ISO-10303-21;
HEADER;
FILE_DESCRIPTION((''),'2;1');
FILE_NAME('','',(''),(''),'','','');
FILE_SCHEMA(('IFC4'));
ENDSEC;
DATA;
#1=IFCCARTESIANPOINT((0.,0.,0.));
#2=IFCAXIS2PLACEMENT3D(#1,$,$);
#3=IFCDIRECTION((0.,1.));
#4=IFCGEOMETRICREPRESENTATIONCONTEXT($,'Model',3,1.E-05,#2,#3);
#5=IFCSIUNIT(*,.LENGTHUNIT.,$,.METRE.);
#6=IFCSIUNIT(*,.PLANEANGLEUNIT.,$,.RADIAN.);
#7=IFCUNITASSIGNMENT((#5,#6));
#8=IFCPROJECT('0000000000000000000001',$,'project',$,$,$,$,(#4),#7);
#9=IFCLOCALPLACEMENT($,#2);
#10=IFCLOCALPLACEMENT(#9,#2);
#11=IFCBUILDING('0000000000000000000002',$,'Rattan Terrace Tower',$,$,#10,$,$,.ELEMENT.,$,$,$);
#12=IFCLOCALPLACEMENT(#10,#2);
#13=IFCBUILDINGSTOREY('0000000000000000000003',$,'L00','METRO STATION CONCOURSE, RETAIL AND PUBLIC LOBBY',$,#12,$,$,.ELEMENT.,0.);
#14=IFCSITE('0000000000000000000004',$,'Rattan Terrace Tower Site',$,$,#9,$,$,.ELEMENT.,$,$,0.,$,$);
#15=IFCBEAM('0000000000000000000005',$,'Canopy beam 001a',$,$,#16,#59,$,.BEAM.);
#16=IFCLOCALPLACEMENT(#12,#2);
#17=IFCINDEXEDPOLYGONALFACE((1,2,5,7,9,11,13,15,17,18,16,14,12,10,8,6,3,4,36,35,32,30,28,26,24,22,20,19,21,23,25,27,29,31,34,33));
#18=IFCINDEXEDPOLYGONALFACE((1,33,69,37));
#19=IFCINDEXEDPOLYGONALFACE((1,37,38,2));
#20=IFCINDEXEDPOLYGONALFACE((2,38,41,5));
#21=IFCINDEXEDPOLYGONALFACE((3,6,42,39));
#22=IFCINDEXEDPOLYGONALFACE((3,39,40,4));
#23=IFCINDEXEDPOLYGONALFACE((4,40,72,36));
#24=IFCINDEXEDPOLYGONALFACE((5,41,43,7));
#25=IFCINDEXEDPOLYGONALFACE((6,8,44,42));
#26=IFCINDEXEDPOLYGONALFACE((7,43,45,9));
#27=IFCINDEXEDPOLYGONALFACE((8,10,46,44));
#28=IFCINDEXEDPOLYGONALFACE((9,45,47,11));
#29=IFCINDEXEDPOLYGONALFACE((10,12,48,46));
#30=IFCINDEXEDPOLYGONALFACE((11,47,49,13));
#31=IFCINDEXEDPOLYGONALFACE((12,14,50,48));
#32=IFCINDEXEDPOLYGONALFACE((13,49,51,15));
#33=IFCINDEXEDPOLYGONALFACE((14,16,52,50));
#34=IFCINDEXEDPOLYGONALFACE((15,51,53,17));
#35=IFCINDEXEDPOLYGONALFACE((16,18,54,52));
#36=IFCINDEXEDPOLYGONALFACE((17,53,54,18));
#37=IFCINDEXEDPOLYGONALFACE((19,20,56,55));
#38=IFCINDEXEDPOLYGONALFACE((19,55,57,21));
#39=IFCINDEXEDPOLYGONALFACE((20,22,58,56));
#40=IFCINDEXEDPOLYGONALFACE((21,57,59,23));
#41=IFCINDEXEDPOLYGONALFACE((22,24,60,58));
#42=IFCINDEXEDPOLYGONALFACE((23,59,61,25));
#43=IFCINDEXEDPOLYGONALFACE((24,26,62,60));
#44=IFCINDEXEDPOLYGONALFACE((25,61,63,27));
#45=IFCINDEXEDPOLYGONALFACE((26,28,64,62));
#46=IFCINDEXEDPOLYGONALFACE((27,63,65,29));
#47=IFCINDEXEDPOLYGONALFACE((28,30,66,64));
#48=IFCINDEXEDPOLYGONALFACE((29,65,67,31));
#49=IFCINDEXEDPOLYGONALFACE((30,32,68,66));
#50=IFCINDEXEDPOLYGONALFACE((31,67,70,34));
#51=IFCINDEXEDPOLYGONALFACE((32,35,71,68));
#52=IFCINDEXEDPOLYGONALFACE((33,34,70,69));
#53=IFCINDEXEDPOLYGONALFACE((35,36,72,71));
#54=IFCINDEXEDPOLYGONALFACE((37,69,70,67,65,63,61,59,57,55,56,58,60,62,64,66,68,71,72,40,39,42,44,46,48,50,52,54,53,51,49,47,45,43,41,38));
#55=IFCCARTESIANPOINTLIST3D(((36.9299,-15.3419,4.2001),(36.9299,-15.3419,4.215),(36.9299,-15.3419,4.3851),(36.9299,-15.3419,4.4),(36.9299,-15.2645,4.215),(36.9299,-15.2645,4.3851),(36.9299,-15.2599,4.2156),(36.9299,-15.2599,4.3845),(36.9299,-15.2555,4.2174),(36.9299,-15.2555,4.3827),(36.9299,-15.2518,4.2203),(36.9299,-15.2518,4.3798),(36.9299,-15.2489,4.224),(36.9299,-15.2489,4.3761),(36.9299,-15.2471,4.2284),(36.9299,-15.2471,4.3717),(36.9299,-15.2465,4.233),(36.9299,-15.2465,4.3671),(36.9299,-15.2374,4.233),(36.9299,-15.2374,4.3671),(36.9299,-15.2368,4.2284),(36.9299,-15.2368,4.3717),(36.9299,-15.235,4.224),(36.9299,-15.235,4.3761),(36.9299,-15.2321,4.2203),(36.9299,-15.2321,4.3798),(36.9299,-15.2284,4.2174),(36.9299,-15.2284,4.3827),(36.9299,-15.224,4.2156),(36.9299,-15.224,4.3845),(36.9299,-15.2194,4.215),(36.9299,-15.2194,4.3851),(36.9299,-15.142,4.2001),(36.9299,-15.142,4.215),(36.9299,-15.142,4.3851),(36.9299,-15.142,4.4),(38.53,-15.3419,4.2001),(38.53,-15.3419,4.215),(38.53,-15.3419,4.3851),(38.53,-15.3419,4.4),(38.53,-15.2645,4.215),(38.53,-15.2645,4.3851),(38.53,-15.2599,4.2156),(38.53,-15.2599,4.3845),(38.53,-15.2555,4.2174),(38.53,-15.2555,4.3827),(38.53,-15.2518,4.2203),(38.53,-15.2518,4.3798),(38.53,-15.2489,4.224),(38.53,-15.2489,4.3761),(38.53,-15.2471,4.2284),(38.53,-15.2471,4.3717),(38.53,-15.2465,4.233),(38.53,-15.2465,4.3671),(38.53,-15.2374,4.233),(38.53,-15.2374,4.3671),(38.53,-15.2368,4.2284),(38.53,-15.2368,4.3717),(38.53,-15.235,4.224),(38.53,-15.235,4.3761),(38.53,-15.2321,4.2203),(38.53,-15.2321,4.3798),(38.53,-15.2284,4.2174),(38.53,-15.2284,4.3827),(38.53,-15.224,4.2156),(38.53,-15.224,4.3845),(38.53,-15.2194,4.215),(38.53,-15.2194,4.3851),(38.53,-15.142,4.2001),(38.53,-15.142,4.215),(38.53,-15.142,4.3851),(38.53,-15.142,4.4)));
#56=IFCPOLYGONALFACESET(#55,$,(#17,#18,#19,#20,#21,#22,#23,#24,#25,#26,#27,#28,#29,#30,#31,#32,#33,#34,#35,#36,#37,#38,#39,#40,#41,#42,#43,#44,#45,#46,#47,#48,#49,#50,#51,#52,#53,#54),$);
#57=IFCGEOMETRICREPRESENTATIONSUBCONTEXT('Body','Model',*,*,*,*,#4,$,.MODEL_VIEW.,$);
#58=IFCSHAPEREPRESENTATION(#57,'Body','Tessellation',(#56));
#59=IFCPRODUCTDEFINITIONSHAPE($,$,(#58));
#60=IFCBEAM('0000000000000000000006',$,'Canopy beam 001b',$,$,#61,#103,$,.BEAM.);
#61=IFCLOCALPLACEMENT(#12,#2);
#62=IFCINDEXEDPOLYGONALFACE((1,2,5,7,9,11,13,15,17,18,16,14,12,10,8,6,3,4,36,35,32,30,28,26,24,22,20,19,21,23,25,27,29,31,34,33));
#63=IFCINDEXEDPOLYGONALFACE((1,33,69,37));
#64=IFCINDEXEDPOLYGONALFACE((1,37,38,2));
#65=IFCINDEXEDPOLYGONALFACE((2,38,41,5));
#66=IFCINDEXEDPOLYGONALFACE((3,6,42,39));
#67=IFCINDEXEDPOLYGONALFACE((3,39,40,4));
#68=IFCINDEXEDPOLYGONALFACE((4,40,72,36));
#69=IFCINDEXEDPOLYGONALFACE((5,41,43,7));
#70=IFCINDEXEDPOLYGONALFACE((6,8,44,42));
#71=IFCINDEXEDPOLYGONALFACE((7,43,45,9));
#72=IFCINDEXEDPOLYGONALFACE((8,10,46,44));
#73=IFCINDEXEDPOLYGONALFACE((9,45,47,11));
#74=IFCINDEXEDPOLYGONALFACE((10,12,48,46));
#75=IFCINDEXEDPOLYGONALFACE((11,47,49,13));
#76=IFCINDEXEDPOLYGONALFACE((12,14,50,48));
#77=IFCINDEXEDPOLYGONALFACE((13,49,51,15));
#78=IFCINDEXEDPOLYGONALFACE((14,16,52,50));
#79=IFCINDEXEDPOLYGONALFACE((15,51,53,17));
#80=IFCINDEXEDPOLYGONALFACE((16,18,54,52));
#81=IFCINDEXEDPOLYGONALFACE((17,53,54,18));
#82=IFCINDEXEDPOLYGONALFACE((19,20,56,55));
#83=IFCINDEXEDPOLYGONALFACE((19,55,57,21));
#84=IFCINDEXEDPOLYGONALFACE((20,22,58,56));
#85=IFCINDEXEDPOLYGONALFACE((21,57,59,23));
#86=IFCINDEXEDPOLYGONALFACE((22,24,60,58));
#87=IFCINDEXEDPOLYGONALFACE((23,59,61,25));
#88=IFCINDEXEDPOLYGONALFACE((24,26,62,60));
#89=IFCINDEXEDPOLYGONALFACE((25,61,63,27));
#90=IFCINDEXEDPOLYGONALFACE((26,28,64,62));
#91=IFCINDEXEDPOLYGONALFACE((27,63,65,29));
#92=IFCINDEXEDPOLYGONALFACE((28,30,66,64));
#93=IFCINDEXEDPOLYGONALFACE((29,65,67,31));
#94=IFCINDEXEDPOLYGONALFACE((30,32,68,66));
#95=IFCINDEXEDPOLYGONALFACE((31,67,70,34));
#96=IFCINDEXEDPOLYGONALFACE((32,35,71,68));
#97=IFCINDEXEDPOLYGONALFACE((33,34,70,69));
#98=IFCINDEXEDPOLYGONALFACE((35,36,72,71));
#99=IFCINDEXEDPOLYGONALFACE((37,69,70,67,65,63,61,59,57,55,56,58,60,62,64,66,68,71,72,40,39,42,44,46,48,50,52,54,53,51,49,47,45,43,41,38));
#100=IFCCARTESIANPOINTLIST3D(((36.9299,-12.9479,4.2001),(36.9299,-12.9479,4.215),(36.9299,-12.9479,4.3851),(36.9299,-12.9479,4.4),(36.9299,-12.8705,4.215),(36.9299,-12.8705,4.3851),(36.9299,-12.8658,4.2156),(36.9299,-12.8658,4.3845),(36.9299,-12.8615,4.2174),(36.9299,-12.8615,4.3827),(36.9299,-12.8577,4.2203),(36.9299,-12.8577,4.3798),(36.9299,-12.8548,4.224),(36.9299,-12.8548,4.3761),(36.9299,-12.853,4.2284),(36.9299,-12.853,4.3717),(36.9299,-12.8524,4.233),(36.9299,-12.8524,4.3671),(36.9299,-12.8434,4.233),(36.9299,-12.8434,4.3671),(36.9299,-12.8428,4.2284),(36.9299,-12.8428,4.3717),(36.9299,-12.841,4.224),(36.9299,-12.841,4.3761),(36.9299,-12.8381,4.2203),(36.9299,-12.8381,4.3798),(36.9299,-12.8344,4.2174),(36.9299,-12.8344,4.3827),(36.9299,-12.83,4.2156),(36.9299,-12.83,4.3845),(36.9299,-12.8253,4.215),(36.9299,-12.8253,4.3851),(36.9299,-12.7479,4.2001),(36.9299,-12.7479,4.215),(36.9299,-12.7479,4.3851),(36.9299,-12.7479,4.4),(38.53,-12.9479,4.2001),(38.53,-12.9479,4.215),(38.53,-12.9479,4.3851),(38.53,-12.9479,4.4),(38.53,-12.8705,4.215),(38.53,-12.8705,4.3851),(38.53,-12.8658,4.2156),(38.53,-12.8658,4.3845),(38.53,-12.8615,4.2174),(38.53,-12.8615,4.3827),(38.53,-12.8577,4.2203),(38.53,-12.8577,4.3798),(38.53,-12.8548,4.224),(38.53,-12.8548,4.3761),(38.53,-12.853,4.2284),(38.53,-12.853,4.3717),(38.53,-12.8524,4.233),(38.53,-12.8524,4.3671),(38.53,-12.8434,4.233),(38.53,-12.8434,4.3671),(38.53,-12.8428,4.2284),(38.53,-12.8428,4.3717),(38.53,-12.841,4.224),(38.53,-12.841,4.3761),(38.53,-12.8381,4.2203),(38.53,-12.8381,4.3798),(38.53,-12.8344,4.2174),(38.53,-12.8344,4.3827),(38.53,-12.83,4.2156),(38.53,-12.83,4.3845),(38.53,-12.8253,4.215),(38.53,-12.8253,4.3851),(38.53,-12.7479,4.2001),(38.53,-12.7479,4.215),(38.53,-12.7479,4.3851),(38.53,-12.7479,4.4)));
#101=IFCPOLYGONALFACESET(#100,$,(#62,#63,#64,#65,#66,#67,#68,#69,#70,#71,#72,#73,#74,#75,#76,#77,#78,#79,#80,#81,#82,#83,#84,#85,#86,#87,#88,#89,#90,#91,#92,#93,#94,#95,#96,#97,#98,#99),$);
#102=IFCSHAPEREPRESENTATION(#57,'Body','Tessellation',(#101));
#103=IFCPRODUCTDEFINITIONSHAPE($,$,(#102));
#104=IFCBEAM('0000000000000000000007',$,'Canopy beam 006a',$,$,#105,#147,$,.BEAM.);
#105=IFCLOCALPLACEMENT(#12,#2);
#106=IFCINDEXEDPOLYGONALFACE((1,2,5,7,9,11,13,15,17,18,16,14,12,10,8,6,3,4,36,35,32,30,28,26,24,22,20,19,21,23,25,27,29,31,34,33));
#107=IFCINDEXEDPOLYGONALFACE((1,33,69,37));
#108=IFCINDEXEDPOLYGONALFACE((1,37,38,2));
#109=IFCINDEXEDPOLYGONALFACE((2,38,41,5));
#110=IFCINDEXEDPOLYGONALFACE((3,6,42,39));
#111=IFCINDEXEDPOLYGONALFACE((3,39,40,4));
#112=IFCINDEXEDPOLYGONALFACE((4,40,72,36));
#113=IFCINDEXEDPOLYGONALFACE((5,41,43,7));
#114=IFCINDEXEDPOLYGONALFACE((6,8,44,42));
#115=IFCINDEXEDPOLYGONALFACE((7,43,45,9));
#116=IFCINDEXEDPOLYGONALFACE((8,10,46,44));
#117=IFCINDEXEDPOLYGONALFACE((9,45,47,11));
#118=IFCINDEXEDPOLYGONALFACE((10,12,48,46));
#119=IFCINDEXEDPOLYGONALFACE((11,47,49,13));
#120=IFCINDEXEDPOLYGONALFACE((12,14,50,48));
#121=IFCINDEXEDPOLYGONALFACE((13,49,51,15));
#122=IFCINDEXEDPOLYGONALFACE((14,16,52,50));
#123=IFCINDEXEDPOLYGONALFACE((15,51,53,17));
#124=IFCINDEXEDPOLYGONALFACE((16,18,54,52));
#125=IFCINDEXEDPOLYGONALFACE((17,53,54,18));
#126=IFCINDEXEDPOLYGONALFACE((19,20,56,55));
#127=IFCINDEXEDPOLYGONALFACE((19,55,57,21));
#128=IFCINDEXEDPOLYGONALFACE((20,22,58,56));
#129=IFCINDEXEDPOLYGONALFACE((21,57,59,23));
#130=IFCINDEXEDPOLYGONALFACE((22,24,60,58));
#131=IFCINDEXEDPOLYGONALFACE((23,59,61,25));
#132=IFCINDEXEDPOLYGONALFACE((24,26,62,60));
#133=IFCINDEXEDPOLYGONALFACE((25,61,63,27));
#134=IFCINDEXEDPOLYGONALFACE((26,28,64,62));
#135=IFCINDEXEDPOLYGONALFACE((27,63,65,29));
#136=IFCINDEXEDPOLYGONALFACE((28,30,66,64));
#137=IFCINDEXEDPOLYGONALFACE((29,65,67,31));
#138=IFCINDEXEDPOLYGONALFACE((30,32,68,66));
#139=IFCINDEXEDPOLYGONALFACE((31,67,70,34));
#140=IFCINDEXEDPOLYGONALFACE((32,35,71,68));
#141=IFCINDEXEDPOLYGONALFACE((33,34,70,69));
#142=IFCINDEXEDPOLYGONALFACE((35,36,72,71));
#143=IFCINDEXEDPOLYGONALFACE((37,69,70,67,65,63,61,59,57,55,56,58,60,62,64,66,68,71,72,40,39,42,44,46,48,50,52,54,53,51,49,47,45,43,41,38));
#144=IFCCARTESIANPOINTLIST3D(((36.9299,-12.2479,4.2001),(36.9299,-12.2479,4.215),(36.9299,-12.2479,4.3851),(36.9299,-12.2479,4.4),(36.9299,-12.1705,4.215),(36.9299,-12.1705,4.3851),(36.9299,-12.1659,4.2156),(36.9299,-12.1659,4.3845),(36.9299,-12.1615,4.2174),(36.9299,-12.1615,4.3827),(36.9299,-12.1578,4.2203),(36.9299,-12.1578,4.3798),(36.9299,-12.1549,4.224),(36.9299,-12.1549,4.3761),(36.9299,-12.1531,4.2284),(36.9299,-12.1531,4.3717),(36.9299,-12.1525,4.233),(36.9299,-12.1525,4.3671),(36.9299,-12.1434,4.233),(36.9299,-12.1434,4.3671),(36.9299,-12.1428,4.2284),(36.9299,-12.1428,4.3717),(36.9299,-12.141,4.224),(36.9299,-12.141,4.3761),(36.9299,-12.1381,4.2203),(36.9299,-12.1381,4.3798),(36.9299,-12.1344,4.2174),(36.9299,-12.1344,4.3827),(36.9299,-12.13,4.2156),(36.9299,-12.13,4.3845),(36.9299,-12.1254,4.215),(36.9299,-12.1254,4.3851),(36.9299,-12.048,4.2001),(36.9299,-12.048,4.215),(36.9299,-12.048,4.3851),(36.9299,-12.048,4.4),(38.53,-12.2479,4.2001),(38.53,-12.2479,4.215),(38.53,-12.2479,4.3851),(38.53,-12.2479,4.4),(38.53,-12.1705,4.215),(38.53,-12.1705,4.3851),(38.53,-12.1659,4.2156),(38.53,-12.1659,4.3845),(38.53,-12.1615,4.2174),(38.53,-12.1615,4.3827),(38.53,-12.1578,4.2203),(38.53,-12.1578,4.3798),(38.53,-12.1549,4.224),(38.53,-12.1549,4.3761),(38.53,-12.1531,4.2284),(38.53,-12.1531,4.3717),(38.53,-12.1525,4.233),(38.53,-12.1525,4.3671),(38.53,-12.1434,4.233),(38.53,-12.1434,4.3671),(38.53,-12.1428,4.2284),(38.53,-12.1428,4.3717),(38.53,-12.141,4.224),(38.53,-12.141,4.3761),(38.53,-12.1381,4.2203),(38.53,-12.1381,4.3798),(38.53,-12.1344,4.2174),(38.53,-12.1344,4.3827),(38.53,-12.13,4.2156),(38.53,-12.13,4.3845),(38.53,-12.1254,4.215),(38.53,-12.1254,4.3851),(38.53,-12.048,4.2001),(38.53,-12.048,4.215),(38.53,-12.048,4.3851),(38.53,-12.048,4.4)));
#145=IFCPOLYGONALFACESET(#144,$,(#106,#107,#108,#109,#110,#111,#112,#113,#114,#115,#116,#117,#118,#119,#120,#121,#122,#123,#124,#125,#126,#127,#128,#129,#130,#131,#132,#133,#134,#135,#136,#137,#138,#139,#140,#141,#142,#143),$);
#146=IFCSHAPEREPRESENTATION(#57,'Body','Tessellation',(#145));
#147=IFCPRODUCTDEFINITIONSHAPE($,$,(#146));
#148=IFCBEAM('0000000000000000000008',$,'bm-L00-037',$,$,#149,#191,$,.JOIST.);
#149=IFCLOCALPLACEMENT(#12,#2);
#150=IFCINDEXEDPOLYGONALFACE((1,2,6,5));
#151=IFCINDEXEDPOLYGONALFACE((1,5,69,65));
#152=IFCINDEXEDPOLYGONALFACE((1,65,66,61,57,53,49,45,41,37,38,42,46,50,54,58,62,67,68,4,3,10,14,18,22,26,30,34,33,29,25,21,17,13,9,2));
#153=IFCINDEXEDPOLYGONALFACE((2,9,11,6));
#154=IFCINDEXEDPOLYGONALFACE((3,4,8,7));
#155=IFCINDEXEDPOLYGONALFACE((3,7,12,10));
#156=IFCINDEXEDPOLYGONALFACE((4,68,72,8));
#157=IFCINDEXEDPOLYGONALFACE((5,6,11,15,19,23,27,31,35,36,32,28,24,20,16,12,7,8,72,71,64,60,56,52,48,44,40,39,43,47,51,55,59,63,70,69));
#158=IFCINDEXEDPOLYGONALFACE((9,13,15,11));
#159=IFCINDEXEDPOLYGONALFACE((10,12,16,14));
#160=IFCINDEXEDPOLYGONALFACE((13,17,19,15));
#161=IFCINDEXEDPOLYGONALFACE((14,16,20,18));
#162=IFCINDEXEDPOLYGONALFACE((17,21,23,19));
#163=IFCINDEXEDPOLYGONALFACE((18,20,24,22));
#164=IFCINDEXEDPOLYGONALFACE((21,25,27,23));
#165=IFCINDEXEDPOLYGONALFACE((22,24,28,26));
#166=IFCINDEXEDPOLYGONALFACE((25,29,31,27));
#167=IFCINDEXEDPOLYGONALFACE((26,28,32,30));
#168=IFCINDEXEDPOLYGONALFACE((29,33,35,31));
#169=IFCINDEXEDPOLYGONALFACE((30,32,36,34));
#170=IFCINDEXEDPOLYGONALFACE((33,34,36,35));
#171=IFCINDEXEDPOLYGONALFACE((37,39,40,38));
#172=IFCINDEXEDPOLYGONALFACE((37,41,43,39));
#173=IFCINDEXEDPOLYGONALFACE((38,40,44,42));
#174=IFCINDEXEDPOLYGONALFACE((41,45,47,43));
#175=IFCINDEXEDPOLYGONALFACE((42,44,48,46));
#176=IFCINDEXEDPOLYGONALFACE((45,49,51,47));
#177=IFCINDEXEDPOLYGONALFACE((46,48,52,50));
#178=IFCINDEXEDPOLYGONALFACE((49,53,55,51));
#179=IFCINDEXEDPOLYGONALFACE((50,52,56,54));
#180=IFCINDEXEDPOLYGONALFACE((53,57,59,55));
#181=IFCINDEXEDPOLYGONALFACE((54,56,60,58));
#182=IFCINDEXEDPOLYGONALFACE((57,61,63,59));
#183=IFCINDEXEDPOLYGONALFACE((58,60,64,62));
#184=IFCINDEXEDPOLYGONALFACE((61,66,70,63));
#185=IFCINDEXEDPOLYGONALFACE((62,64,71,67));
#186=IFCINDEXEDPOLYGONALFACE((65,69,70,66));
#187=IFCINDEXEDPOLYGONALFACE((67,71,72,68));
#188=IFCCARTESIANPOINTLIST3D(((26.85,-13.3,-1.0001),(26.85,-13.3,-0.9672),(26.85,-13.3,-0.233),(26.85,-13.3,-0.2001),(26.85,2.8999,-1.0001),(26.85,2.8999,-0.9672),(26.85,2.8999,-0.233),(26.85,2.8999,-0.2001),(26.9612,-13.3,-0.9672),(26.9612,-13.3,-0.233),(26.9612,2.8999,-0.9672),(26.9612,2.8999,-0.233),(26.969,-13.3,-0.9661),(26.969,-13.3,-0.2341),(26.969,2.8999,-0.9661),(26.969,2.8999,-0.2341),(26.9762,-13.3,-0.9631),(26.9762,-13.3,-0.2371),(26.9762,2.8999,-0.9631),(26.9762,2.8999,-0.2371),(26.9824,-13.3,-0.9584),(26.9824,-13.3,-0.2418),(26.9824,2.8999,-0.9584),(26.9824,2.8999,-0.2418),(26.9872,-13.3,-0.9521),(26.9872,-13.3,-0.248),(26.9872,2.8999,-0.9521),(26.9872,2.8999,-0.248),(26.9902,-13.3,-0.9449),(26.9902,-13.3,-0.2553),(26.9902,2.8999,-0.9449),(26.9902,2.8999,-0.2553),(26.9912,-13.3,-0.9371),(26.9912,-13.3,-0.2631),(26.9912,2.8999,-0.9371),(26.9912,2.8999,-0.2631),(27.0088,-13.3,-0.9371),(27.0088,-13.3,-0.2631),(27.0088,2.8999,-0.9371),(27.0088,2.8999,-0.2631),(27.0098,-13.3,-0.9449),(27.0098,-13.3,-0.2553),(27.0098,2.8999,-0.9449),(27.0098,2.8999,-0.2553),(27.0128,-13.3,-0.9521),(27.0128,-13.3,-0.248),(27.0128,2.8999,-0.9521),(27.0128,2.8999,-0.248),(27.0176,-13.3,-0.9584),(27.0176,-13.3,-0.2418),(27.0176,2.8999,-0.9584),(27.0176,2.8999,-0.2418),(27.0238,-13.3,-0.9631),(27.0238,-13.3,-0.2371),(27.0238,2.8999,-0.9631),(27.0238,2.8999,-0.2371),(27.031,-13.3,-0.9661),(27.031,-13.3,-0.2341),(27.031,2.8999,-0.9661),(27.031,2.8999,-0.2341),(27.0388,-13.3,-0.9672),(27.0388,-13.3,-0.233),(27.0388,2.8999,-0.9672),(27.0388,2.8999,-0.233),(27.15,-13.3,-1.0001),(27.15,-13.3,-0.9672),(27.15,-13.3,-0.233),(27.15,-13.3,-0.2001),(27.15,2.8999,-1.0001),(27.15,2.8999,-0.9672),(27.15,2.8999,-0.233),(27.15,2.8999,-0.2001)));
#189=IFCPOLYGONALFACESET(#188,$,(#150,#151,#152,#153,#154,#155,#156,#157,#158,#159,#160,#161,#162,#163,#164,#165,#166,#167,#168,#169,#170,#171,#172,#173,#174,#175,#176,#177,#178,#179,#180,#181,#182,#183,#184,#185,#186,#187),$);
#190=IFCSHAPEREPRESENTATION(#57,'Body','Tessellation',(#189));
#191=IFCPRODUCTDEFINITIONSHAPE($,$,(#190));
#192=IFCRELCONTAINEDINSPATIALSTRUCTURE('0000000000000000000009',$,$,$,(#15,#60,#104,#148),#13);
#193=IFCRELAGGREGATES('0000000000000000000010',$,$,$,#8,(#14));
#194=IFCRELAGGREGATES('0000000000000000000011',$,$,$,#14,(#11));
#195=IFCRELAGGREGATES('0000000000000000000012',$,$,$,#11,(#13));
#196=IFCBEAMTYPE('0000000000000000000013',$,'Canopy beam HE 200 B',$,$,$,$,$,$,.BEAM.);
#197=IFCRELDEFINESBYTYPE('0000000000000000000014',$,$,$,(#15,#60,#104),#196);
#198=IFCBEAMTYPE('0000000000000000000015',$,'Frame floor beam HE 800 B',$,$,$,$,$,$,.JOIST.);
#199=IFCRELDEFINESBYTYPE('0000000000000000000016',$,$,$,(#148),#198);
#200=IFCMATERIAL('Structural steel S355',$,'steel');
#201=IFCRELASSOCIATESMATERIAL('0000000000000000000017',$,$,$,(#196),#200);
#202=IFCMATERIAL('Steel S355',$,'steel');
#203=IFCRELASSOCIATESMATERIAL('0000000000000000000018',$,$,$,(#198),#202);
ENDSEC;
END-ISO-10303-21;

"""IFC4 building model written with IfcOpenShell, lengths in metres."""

from ifc_helpers import new_model, si_unit, direction, frame, origin, origin_2d, place, context, subcontext, project, spatial, i_section, extrude, material, material_profile, profile_set, type_object, element, save


model = new_model("IFC4")

# Units and contexts
model_context = context("Model", 3, precision=1e-05, world=origin(), true_north=direction((0.0, 1.0)))
body_context = subcontext(model_context, "Body", "Model", "MODEL_VIEW")
ifc_project = project(units=[si_unit("LENGTHUNIT", "METRE"), si_unit("PLANEANGLEUNIT", "RADIAN")], contexts=[model_context])

# Site, building, storey
site_placement = place(None, origin())
site = spatial("IfcSite", under=ifc_project, at=site_placement, Name="Rattan Terrace Tower Site", CompositionType="ELEMENT", RefElevation=0.0)
building_placement = place(site_placement, origin())
building = spatial("IfcBuilding", under=site, at=building_placement, Name="Rattan Terrace Tower", CompositionType="ELEMENT")
storey_placement = place(building_placement, origin())
storey = spatial("IfcBuildingStorey", under=building, at=storey_placement, Name="L00", Description="METRO STATION CONCOURSE, RETAIL AND PUBLIC LOBBY", CompositionType="ELEMENT", Elevation=0.0)

# Beams
ifc_material_1 = material(Name="Structural steel S355", Category="steel")
ifc_material_profile_1 = material_profile(ifc_material_1, i_section(OverallWidth=0.2, OverallDepth=0.2, WebThickness=0.009, FlangeThickness=0.0149, FilletRadius=0.0181, at=origin_2d()), Name="HE 200 B")
ifc_profile_set_1 = profile_set([ifc_material_profile_1], Name="Structural steel S355")
beam_type_1 = type_object("IfcBeamType", Name="Canopy beam HE 200 B", PredefinedType="BEAM", material=ifc_profile_set_1)
for number, where, z_axis, x_axis, name in (
    (1, (36.9299, -15.2419, 4.3), (1.0, 0.0, 0.0), (0.0, 1.0, 0.0), "Canopy beam 001a"),
    (2, (36.9299, -12.8479, 4.3), (1.0, 0.0, 0.0), (0.0, 1.0, 0.0), "Canopy beam 001b"),
    (3, (36.9299, -12.1479, 4.3), (1.0, 0.0, 0.0), (0.0, 1.0, 0.0), "Canopy beam 006a"),
):
    element("IfcBeam", number, at=place(storey_placement, frame(where, z_axis=z_axis, x_axis=x_axis)), inside=storey, type_object=beam_type_1, Name=name, PredefinedType="BEAM", context=body_context, shape_type="SweptSolid", body=[
        extrude(i_section(OverallWidth=0.2, OverallDepth=0.2, WebThickness=0.009, FlangeThickness=0.0149, FilletRadius=0.0181, at=origin_2d()), origin(), (0.0, 0.0, 1.0), 1.6001),
    ])
ifc_material_2 = material(Name="Steel S355", Category="steel")
ifc_material_profile_2 = material_profile(ifc_material_2, i_section(OverallWidth=0.3, OverallDepth=0.8, WebThickness=0.0176, FlangeThickness=0.033, FilletRadius=0.03, at=origin_2d()), Name="HE 800 B")
ifc_profile_set_2 = profile_set([ifc_material_profile_2], Name="Steel S355")
beam_type_2 = type_object("IfcBeamType", Name="Frame floor beam HE 800 B", PredefinedType="JOIST", material=ifc_profile_set_2)
for number, where, z_axis, x_axis, name in (
    (4, (27.0, -13.3, -0.6001), (0.0, 1.0, 0.0), (-1.0, 0.0, 0.0), "bm-L00-037"),
):
    element("IfcBeam", number, at=place(storey_placement, frame(where, z_axis=z_axis, x_axis=x_axis)), inside=storey, type_object=beam_type_2, Name=name, PredefinedType="JOIST", context=body_context, shape_type="SweptSolid", body=[
        extrude(i_section(OverallWidth=0.3, OverallDepth=0.8, WebThickness=0.0176, FlangeThickness=0.033, FilletRadius=0.03, at=origin_2d()), origin(), (0.0, 0.0, 1.0), 16.2),
    ])

save(model, "model.ifc")
